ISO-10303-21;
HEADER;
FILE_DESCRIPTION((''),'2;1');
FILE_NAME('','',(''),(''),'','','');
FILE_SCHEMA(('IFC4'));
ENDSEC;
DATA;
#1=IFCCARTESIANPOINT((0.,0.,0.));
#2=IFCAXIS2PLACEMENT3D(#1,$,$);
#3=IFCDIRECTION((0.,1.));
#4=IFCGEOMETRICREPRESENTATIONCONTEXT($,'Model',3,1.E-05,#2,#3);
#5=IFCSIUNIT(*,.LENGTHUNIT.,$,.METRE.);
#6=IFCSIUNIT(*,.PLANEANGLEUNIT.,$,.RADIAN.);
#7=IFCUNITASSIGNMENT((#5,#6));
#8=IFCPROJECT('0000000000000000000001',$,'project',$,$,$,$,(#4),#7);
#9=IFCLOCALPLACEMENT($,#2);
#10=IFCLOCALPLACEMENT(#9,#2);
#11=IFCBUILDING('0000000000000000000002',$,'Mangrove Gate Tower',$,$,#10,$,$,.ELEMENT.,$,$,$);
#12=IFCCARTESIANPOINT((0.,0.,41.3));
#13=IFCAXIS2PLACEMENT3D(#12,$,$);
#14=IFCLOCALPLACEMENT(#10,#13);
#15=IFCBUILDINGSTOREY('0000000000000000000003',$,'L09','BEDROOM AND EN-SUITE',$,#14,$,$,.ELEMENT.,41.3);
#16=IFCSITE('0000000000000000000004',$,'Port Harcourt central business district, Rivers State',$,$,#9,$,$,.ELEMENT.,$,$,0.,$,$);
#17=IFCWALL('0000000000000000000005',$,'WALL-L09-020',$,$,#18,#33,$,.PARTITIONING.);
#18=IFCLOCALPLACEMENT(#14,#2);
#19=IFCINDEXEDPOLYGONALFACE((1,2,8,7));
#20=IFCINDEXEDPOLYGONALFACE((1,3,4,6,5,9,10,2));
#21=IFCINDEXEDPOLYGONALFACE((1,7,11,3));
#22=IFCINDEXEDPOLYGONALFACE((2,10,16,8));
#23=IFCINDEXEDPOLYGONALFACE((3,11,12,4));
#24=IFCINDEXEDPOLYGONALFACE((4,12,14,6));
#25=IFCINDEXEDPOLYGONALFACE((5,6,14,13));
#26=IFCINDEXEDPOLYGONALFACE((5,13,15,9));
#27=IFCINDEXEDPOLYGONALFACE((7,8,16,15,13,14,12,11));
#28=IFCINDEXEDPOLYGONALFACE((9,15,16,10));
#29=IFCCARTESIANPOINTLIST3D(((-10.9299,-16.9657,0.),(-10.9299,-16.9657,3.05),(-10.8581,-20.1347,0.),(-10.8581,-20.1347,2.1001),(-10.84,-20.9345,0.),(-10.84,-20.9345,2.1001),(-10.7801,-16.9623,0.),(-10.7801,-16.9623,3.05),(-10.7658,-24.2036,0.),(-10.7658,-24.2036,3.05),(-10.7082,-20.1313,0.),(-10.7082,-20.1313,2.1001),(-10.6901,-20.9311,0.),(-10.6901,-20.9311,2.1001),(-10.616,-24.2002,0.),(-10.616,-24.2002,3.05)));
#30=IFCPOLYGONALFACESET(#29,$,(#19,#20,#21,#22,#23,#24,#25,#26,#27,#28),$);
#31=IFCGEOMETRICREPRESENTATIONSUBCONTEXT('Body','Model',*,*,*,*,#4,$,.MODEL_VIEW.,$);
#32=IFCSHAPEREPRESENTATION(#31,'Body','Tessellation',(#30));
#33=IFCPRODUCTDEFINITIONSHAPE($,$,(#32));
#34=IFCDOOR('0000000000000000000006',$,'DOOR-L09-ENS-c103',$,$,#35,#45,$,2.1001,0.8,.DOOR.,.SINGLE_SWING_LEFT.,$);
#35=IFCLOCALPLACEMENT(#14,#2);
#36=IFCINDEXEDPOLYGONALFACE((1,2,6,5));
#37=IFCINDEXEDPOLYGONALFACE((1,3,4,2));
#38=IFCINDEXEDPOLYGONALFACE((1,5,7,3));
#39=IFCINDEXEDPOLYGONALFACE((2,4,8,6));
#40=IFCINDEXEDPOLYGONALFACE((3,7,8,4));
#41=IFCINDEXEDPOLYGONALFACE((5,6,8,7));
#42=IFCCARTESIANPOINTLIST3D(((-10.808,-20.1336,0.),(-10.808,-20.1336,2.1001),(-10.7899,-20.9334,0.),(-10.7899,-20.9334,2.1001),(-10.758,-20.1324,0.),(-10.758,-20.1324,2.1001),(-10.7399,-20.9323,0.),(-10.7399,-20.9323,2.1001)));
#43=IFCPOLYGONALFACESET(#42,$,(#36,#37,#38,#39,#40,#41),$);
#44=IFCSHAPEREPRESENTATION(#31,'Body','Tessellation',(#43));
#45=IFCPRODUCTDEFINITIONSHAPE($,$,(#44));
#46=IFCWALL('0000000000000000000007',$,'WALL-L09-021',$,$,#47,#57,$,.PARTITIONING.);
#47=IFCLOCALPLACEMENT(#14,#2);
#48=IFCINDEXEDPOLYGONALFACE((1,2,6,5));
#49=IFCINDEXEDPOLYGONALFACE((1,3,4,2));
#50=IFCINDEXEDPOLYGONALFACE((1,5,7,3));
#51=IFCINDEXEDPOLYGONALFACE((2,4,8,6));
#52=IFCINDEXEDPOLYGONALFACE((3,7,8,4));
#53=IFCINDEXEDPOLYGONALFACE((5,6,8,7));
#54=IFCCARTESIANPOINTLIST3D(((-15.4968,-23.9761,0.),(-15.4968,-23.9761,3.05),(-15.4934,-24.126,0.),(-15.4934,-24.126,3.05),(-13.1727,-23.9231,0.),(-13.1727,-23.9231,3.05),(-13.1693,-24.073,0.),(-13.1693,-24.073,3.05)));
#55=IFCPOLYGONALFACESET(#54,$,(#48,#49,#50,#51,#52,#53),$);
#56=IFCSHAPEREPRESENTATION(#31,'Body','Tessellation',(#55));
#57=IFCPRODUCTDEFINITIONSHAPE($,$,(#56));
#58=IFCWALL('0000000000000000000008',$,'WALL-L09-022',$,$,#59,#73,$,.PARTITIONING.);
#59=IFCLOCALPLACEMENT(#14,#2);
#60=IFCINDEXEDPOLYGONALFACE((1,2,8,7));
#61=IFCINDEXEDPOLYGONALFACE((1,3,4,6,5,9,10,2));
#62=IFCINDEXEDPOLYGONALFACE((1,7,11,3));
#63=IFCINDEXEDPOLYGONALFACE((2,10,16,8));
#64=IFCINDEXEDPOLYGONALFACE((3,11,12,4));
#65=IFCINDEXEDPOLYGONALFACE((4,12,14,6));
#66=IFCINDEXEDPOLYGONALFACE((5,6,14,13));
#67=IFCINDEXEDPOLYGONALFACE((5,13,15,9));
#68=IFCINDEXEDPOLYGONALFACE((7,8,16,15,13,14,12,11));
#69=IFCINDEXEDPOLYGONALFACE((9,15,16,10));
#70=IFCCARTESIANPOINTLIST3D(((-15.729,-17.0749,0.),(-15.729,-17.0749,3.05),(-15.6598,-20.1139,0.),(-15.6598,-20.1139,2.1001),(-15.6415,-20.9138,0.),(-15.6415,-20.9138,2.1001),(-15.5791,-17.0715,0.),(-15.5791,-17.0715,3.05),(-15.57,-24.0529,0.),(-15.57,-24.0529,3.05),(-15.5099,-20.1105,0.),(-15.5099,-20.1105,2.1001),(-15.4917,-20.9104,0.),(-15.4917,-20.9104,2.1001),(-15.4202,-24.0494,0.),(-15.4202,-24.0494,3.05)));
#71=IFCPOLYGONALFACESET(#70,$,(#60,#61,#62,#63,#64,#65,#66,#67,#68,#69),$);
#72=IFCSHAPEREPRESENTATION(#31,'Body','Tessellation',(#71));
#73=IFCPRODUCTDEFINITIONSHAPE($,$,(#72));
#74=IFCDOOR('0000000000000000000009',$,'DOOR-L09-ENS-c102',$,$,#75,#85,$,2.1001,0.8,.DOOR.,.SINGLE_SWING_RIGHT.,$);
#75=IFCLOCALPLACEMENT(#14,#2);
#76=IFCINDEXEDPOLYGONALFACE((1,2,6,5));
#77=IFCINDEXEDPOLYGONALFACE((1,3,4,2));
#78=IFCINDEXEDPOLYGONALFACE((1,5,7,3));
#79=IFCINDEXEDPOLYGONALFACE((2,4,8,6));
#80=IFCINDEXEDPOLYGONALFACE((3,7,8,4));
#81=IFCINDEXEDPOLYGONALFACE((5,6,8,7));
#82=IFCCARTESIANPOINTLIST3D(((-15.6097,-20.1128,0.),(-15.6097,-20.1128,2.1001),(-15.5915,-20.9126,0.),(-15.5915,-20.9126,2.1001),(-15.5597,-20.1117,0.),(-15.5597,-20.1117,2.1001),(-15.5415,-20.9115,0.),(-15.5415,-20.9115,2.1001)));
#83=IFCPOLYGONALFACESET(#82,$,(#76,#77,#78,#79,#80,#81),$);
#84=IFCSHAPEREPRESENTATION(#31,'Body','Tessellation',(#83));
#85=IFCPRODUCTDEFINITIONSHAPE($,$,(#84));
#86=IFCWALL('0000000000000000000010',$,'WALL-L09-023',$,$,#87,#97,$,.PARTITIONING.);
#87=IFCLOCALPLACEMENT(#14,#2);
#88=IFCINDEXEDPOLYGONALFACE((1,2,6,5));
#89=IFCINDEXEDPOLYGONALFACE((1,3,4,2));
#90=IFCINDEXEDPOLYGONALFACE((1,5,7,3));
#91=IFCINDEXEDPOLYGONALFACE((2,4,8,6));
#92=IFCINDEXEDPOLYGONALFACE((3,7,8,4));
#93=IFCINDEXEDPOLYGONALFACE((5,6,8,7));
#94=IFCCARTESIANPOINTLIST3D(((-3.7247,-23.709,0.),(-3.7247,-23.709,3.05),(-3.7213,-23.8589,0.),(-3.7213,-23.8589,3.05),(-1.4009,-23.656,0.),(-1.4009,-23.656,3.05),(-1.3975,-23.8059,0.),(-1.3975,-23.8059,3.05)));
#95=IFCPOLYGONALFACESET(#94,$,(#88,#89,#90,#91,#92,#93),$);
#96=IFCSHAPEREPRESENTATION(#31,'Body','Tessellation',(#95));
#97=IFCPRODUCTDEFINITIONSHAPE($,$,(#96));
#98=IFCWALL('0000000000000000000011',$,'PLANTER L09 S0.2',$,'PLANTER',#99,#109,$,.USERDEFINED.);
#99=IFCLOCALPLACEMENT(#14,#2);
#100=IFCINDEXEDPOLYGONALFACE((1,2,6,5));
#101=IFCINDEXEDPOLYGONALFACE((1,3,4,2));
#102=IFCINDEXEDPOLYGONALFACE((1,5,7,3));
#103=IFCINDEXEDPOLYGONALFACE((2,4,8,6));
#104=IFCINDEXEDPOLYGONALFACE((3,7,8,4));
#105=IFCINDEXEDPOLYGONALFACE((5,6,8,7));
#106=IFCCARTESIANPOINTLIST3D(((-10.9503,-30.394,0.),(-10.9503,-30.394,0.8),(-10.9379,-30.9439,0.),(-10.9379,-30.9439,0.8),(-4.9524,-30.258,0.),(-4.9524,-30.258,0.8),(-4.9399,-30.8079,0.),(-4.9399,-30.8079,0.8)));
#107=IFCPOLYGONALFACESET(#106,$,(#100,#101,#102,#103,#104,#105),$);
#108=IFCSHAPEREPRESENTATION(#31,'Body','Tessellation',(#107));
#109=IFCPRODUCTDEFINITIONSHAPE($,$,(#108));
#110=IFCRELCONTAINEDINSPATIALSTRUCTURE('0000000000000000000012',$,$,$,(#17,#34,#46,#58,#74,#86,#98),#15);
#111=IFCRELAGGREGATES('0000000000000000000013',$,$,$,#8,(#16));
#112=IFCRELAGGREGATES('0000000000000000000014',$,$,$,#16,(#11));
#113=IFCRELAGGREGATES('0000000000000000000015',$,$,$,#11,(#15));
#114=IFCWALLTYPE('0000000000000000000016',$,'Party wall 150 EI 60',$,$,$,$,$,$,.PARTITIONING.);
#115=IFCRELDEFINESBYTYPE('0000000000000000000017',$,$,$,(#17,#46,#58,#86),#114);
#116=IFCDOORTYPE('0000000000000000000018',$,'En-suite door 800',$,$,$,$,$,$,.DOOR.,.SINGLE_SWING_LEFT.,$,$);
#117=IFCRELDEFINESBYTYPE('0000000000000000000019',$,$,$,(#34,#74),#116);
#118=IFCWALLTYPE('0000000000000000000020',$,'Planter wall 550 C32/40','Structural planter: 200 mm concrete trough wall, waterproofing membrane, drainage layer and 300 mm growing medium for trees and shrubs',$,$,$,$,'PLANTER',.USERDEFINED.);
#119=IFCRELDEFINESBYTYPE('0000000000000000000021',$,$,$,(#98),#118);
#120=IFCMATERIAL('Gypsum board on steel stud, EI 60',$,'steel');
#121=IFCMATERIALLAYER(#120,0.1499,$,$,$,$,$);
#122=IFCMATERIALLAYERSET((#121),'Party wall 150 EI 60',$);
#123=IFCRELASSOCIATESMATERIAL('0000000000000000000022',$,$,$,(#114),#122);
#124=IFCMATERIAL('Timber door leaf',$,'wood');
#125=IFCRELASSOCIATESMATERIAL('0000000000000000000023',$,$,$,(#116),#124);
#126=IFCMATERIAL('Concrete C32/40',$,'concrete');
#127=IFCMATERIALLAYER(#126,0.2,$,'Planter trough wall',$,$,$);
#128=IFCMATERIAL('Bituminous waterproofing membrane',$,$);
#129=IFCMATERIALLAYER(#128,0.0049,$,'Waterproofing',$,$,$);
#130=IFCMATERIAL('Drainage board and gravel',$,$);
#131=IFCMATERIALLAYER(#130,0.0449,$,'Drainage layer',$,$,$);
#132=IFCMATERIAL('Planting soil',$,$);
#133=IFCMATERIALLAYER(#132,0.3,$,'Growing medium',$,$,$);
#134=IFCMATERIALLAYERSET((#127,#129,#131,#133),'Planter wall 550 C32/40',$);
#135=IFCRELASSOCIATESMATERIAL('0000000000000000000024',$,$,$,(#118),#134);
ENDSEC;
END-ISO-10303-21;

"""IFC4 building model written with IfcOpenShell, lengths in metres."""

from ifc_helpers import new_model, si_unit, direction, frame, frame_2d, origin, place, context, subcontext, project, spatial, rectangle, extrude, material, layer, layer_set, type_object, element, fill, save


model = new_model("IFC4")

# Units and contexts
model_context = context("Model", 3, precision=1e-05, world=origin(), true_north=direction((0.0, 1.0)))
body_context = subcontext(model_context, "Body", "Model", "MODEL_VIEW")
ifc_project = project(units=[si_unit("LENGTHUNIT", "METRE"), si_unit("PLANEANGLEUNIT", "RADIAN")], contexts=[model_context])

# Site, building, storey
site_placement = place(None, origin())
site = spatial("IfcSite", under=ifc_project, at=site_placement, Name="Port Harcourt central business district, Rivers State", CompositionType="ELEMENT", RefElevation=0.0)
building_placement = place(site_placement, origin())
building = spatial("IfcBuilding", under=site, at=building_placement, Name="Mangrove Gate Tower", CompositionType="ELEMENT")
storey_placement = place(building_placement, frame((0.0, 0.0, 41.3)))
storey = spatial("IfcBuildingStorey", under=building, at=storey_placement, Name="L09", Description="BEDROOM AND EN-SUITE", CompositionType="ELEMENT", Elevation=41.3)

# Shared definitions
ifc_material_1 = material(Name="Gypsum board on steel stud, EI 60", Category="steel")
ifc_layer_1 = layer(ifc_material_1, 0.1499)
ifc_layer_set_1 = layer_set([ifc_layer_1], Name="Party wall 150 EI 60")
wall_type_1 = type_object("IfcWallType", Name="Party wall 150 EI 60", PredefinedType="PARTITIONING", material=ifc_layer_set_1)

# Shared definitions
ifc_material_2 = material(Name="Timber door leaf", Category="wood")
door_type = type_object("IfcDoorType", Name="En-suite door 800", OperationType="SINGLE_SWING_LEFT", PredefinedType="DOOR", material=ifc_material_2)

# Wall, opening, door
wall_1_placement = place(storey_placement, frame((-10.6909, -24.2019, 0.0), z_axis=(0.0, 0.0, 1.0), x_axis=(-0.022662, 0.999743, 0.0)))
wall_1 = element("IfcWall", 1, at=wall_1_placement, inside=storey, type_object=wall_type_1, Name="WALL-L09-020", PredefinedType="PARTITIONING", context=body_context, shape_type="SweptSolid", body=[
    extrude(rectangle(XDim=7.2397, YDim=0.1499, at=frame_2d((3.6199, 0.0))), origin(), (0.0, 0.0, 1.0), 3.05),
])
opening_1_placement = place(wall_1_placement, frame((3.27, 0.0, 0.0)))
opening_1 = element("IfcOpeningElement", 2, at=opening_1_placement, cuts=wall_1, PredefinedType="OPENING", context=body_context, shape_type="SweptSolid", body=[
    extrude(rectangle(XDim=0.8, YDim=2.1001, at=frame_2d((0.3999, 1.05))), frame((0.0, 0.085, 0.0), z_axis=(0.0, -1.0, 0.0), x_axis=(1.0, 0.0, 0.0)), (0.0, 0.0, 1.0), 0.1699),
])
door_1_placement = place(opening_1_placement, origin())
door_1 = element("IfcDoor", 3, at=door_1_placement, inside=storey, type_object=door_type, Name="DOOR-L09-ENS-c103", OperationType="SINGLE_SWING_LEFT", OverallHeight=2.1001, OverallWidth=0.8, PredefinedType="DOOR", context=body_context, shape_type="SweptSolid", body=[
    extrude(rectangle(XDim=0.8, YDim=2.1001, at=frame_2d((0.3999, 1.05))), frame((0.0, 0.0249, 0.0), z_axis=(0.0, -1.0, 0.0), x_axis=(1.0, 0.0, 0.0)), (0.0, 0.0, 1.0), 0.05),
])
fill(opening_1, door_1)

# Wall
wall_2_placement = place(storey_placement, frame((-15.4951, -24.051, 0.0), z_axis=(0.0, 0.0, 1.0), x_axis=(0.99974, 0.022788, 0.0)))
element("IfcWall", 4, at=wall_2_placement, inside=storey, type_object=wall_type_1, Name="WALL-L09-021", PredefinedType="PARTITIONING", context=body_context, shape_type="SweptSolid", body=[
    extrude(rectangle(XDim=2.3247, YDim=0.1499, at=frame_2d((1.1624, 0.0))), origin(), (0.0, 0.0, 1.0), 3.05),
])

# Wall, opening, door
wall_3_placement = place(storey_placement, frame((-15.4951, -24.051, 0.0), z_axis=(0.0, 0.0, 1.0), x_axis=(-0.022771, 0.999741, 0.0)))
wall_3 = element("IfcWall", 5, at=wall_3_placement, inside=storey, type_object=wall_type_1, Name="WALL-L09-022", PredefinedType="PARTITIONING", context=body_context, shape_type="SweptSolid", body=[
    extrude(rectangle(XDim=6.9797, YDim=0.1499, at=frame_2d((3.4897, 0.0))), origin(), (0.0, 0.0, 1.0), 3.05),
])
opening_2_placement = place(wall_3_placement, frame((3.1399, 0.0, 0.0)))
opening_2 = element("IfcOpeningElement", 6, at=opening_2_placement, cuts=wall_3, PredefinedType="OPENING", context=body_context, shape_type="SweptSolid", body=[
    extrude(rectangle(XDim=0.8, YDim=2.1001, at=frame_2d((0.3999, 1.05))), frame((0.0, 0.085, 0.0), z_axis=(0.0, -1.0, 0.0), x_axis=(1.0, 0.0, 0.0)), (0.0, 0.0, 1.0), 0.1699),
])
door_2_placement = place(opening_2_placement, origin())
door_2 = element("IfcDoor", 7, at=door_2_placement, inside=storey, type_object=door_type, Name="DOOR-L09-ENS-c102", OperationType="SINGLE_SWING_RIGHT", OverallHeight=2.1001, OverallWidth=0.8, PredefinedType="DOOR", context=body_context, shape_type="SweptSolid", body=[
    extrude(rectangle(XDim=0.8, YDim=2.1001, at=frame_2d((0.3999, 1.05))), frame((0.0, 0.0249, 0.0), z_axis=(0.0, -1.0, 0.0), x_axis=(1.0, 0.0, 0.0)), (0.0, 0.0, 1.0), 0.05),
])
fill(opening_2, door_2)

# Walls
wall_4_placement = place(storey_placement, frame((-3.7229, -23.7839, 0.0), z_axis=(0.0, 0.0, 1.0), x_axis=(0.99974, 0.022791, 0.0)))
element("IfcWall", 8, at=wall_4_placement, inside=storey, type_object=wall_type_1, Name="WALL-L09-023", PredefinedType="PARTITIONING", context=body_context, shape_type="SweptSolid", body=[
    extrude(rectangle(XDim=2.3245, YDim=0.1499, at=frame_2d((1.1621, 0.0))), origin(), (0.0, 0.0, 1.0), 3.05),
])
ifc_material_3 = material(Name="Concrete C32/40", Category="concrete")
ifc_layer_2 = layer(ifc_material_3, 0.2, Name="Planter trough wall")
ifc_material_4 = material(Name="Bituminous waterproofing membrane")
ifc_layer_3 = layer(ifc_material_4, 0.0049, Name="Waterproofing")
ifc_material_5 = material(Name="Drainage board and gravel")
ifc_layer_4 = layer(ifc_material_5, 0.0449, Name="Drainage layer")
ifc_material_6 = material(Name="Planting soil")
ifc_layer_5 = layer(ifc_material_6, 0.3, Name="Growing medium")
ifc_layer_set_2 = layer_set([ifc_layer_2, ifc_layer_3, ifc_layer_4, ifc_layer_5], Name="Planter wall 550 C32/40")
wall_type_2 = type_object("IfcWallType", Name="Planter wall 550 C32/40", Description="Structural planter: 200 mm concrete trough wall, waterproofing membrane, drainage layer and 300 mm growing medium for trees and shrubs", ElementType="PLANTER", PredefinedType="USERDEFINED", material=ifc_layer_set_2)
wall_5_placement = place(storey_placement, frame((-10.9441, -30.6689, 0.0), z_axis=(0.0, 0.0, 1.0), x_axis=(0.999743, 0.022666, 0.0)))
element("IfcWall", 9, at=wall_5_placement, inside=storey, type_object=wall_type_2, Name="PLANTER L09 S0.2", ObjectType="PLANTER", PredefinedType="USERDEFINED", context=body_context, shape_type="SweptSolid", body=[
    extrude(rectangle(XDim=5.9995, YDim=0.55, at=frame_2d((2.9998, 0.0))), origin(), (0.0, 0.0, 1.0), 0.8),
])

save(model, "model.ifc")
